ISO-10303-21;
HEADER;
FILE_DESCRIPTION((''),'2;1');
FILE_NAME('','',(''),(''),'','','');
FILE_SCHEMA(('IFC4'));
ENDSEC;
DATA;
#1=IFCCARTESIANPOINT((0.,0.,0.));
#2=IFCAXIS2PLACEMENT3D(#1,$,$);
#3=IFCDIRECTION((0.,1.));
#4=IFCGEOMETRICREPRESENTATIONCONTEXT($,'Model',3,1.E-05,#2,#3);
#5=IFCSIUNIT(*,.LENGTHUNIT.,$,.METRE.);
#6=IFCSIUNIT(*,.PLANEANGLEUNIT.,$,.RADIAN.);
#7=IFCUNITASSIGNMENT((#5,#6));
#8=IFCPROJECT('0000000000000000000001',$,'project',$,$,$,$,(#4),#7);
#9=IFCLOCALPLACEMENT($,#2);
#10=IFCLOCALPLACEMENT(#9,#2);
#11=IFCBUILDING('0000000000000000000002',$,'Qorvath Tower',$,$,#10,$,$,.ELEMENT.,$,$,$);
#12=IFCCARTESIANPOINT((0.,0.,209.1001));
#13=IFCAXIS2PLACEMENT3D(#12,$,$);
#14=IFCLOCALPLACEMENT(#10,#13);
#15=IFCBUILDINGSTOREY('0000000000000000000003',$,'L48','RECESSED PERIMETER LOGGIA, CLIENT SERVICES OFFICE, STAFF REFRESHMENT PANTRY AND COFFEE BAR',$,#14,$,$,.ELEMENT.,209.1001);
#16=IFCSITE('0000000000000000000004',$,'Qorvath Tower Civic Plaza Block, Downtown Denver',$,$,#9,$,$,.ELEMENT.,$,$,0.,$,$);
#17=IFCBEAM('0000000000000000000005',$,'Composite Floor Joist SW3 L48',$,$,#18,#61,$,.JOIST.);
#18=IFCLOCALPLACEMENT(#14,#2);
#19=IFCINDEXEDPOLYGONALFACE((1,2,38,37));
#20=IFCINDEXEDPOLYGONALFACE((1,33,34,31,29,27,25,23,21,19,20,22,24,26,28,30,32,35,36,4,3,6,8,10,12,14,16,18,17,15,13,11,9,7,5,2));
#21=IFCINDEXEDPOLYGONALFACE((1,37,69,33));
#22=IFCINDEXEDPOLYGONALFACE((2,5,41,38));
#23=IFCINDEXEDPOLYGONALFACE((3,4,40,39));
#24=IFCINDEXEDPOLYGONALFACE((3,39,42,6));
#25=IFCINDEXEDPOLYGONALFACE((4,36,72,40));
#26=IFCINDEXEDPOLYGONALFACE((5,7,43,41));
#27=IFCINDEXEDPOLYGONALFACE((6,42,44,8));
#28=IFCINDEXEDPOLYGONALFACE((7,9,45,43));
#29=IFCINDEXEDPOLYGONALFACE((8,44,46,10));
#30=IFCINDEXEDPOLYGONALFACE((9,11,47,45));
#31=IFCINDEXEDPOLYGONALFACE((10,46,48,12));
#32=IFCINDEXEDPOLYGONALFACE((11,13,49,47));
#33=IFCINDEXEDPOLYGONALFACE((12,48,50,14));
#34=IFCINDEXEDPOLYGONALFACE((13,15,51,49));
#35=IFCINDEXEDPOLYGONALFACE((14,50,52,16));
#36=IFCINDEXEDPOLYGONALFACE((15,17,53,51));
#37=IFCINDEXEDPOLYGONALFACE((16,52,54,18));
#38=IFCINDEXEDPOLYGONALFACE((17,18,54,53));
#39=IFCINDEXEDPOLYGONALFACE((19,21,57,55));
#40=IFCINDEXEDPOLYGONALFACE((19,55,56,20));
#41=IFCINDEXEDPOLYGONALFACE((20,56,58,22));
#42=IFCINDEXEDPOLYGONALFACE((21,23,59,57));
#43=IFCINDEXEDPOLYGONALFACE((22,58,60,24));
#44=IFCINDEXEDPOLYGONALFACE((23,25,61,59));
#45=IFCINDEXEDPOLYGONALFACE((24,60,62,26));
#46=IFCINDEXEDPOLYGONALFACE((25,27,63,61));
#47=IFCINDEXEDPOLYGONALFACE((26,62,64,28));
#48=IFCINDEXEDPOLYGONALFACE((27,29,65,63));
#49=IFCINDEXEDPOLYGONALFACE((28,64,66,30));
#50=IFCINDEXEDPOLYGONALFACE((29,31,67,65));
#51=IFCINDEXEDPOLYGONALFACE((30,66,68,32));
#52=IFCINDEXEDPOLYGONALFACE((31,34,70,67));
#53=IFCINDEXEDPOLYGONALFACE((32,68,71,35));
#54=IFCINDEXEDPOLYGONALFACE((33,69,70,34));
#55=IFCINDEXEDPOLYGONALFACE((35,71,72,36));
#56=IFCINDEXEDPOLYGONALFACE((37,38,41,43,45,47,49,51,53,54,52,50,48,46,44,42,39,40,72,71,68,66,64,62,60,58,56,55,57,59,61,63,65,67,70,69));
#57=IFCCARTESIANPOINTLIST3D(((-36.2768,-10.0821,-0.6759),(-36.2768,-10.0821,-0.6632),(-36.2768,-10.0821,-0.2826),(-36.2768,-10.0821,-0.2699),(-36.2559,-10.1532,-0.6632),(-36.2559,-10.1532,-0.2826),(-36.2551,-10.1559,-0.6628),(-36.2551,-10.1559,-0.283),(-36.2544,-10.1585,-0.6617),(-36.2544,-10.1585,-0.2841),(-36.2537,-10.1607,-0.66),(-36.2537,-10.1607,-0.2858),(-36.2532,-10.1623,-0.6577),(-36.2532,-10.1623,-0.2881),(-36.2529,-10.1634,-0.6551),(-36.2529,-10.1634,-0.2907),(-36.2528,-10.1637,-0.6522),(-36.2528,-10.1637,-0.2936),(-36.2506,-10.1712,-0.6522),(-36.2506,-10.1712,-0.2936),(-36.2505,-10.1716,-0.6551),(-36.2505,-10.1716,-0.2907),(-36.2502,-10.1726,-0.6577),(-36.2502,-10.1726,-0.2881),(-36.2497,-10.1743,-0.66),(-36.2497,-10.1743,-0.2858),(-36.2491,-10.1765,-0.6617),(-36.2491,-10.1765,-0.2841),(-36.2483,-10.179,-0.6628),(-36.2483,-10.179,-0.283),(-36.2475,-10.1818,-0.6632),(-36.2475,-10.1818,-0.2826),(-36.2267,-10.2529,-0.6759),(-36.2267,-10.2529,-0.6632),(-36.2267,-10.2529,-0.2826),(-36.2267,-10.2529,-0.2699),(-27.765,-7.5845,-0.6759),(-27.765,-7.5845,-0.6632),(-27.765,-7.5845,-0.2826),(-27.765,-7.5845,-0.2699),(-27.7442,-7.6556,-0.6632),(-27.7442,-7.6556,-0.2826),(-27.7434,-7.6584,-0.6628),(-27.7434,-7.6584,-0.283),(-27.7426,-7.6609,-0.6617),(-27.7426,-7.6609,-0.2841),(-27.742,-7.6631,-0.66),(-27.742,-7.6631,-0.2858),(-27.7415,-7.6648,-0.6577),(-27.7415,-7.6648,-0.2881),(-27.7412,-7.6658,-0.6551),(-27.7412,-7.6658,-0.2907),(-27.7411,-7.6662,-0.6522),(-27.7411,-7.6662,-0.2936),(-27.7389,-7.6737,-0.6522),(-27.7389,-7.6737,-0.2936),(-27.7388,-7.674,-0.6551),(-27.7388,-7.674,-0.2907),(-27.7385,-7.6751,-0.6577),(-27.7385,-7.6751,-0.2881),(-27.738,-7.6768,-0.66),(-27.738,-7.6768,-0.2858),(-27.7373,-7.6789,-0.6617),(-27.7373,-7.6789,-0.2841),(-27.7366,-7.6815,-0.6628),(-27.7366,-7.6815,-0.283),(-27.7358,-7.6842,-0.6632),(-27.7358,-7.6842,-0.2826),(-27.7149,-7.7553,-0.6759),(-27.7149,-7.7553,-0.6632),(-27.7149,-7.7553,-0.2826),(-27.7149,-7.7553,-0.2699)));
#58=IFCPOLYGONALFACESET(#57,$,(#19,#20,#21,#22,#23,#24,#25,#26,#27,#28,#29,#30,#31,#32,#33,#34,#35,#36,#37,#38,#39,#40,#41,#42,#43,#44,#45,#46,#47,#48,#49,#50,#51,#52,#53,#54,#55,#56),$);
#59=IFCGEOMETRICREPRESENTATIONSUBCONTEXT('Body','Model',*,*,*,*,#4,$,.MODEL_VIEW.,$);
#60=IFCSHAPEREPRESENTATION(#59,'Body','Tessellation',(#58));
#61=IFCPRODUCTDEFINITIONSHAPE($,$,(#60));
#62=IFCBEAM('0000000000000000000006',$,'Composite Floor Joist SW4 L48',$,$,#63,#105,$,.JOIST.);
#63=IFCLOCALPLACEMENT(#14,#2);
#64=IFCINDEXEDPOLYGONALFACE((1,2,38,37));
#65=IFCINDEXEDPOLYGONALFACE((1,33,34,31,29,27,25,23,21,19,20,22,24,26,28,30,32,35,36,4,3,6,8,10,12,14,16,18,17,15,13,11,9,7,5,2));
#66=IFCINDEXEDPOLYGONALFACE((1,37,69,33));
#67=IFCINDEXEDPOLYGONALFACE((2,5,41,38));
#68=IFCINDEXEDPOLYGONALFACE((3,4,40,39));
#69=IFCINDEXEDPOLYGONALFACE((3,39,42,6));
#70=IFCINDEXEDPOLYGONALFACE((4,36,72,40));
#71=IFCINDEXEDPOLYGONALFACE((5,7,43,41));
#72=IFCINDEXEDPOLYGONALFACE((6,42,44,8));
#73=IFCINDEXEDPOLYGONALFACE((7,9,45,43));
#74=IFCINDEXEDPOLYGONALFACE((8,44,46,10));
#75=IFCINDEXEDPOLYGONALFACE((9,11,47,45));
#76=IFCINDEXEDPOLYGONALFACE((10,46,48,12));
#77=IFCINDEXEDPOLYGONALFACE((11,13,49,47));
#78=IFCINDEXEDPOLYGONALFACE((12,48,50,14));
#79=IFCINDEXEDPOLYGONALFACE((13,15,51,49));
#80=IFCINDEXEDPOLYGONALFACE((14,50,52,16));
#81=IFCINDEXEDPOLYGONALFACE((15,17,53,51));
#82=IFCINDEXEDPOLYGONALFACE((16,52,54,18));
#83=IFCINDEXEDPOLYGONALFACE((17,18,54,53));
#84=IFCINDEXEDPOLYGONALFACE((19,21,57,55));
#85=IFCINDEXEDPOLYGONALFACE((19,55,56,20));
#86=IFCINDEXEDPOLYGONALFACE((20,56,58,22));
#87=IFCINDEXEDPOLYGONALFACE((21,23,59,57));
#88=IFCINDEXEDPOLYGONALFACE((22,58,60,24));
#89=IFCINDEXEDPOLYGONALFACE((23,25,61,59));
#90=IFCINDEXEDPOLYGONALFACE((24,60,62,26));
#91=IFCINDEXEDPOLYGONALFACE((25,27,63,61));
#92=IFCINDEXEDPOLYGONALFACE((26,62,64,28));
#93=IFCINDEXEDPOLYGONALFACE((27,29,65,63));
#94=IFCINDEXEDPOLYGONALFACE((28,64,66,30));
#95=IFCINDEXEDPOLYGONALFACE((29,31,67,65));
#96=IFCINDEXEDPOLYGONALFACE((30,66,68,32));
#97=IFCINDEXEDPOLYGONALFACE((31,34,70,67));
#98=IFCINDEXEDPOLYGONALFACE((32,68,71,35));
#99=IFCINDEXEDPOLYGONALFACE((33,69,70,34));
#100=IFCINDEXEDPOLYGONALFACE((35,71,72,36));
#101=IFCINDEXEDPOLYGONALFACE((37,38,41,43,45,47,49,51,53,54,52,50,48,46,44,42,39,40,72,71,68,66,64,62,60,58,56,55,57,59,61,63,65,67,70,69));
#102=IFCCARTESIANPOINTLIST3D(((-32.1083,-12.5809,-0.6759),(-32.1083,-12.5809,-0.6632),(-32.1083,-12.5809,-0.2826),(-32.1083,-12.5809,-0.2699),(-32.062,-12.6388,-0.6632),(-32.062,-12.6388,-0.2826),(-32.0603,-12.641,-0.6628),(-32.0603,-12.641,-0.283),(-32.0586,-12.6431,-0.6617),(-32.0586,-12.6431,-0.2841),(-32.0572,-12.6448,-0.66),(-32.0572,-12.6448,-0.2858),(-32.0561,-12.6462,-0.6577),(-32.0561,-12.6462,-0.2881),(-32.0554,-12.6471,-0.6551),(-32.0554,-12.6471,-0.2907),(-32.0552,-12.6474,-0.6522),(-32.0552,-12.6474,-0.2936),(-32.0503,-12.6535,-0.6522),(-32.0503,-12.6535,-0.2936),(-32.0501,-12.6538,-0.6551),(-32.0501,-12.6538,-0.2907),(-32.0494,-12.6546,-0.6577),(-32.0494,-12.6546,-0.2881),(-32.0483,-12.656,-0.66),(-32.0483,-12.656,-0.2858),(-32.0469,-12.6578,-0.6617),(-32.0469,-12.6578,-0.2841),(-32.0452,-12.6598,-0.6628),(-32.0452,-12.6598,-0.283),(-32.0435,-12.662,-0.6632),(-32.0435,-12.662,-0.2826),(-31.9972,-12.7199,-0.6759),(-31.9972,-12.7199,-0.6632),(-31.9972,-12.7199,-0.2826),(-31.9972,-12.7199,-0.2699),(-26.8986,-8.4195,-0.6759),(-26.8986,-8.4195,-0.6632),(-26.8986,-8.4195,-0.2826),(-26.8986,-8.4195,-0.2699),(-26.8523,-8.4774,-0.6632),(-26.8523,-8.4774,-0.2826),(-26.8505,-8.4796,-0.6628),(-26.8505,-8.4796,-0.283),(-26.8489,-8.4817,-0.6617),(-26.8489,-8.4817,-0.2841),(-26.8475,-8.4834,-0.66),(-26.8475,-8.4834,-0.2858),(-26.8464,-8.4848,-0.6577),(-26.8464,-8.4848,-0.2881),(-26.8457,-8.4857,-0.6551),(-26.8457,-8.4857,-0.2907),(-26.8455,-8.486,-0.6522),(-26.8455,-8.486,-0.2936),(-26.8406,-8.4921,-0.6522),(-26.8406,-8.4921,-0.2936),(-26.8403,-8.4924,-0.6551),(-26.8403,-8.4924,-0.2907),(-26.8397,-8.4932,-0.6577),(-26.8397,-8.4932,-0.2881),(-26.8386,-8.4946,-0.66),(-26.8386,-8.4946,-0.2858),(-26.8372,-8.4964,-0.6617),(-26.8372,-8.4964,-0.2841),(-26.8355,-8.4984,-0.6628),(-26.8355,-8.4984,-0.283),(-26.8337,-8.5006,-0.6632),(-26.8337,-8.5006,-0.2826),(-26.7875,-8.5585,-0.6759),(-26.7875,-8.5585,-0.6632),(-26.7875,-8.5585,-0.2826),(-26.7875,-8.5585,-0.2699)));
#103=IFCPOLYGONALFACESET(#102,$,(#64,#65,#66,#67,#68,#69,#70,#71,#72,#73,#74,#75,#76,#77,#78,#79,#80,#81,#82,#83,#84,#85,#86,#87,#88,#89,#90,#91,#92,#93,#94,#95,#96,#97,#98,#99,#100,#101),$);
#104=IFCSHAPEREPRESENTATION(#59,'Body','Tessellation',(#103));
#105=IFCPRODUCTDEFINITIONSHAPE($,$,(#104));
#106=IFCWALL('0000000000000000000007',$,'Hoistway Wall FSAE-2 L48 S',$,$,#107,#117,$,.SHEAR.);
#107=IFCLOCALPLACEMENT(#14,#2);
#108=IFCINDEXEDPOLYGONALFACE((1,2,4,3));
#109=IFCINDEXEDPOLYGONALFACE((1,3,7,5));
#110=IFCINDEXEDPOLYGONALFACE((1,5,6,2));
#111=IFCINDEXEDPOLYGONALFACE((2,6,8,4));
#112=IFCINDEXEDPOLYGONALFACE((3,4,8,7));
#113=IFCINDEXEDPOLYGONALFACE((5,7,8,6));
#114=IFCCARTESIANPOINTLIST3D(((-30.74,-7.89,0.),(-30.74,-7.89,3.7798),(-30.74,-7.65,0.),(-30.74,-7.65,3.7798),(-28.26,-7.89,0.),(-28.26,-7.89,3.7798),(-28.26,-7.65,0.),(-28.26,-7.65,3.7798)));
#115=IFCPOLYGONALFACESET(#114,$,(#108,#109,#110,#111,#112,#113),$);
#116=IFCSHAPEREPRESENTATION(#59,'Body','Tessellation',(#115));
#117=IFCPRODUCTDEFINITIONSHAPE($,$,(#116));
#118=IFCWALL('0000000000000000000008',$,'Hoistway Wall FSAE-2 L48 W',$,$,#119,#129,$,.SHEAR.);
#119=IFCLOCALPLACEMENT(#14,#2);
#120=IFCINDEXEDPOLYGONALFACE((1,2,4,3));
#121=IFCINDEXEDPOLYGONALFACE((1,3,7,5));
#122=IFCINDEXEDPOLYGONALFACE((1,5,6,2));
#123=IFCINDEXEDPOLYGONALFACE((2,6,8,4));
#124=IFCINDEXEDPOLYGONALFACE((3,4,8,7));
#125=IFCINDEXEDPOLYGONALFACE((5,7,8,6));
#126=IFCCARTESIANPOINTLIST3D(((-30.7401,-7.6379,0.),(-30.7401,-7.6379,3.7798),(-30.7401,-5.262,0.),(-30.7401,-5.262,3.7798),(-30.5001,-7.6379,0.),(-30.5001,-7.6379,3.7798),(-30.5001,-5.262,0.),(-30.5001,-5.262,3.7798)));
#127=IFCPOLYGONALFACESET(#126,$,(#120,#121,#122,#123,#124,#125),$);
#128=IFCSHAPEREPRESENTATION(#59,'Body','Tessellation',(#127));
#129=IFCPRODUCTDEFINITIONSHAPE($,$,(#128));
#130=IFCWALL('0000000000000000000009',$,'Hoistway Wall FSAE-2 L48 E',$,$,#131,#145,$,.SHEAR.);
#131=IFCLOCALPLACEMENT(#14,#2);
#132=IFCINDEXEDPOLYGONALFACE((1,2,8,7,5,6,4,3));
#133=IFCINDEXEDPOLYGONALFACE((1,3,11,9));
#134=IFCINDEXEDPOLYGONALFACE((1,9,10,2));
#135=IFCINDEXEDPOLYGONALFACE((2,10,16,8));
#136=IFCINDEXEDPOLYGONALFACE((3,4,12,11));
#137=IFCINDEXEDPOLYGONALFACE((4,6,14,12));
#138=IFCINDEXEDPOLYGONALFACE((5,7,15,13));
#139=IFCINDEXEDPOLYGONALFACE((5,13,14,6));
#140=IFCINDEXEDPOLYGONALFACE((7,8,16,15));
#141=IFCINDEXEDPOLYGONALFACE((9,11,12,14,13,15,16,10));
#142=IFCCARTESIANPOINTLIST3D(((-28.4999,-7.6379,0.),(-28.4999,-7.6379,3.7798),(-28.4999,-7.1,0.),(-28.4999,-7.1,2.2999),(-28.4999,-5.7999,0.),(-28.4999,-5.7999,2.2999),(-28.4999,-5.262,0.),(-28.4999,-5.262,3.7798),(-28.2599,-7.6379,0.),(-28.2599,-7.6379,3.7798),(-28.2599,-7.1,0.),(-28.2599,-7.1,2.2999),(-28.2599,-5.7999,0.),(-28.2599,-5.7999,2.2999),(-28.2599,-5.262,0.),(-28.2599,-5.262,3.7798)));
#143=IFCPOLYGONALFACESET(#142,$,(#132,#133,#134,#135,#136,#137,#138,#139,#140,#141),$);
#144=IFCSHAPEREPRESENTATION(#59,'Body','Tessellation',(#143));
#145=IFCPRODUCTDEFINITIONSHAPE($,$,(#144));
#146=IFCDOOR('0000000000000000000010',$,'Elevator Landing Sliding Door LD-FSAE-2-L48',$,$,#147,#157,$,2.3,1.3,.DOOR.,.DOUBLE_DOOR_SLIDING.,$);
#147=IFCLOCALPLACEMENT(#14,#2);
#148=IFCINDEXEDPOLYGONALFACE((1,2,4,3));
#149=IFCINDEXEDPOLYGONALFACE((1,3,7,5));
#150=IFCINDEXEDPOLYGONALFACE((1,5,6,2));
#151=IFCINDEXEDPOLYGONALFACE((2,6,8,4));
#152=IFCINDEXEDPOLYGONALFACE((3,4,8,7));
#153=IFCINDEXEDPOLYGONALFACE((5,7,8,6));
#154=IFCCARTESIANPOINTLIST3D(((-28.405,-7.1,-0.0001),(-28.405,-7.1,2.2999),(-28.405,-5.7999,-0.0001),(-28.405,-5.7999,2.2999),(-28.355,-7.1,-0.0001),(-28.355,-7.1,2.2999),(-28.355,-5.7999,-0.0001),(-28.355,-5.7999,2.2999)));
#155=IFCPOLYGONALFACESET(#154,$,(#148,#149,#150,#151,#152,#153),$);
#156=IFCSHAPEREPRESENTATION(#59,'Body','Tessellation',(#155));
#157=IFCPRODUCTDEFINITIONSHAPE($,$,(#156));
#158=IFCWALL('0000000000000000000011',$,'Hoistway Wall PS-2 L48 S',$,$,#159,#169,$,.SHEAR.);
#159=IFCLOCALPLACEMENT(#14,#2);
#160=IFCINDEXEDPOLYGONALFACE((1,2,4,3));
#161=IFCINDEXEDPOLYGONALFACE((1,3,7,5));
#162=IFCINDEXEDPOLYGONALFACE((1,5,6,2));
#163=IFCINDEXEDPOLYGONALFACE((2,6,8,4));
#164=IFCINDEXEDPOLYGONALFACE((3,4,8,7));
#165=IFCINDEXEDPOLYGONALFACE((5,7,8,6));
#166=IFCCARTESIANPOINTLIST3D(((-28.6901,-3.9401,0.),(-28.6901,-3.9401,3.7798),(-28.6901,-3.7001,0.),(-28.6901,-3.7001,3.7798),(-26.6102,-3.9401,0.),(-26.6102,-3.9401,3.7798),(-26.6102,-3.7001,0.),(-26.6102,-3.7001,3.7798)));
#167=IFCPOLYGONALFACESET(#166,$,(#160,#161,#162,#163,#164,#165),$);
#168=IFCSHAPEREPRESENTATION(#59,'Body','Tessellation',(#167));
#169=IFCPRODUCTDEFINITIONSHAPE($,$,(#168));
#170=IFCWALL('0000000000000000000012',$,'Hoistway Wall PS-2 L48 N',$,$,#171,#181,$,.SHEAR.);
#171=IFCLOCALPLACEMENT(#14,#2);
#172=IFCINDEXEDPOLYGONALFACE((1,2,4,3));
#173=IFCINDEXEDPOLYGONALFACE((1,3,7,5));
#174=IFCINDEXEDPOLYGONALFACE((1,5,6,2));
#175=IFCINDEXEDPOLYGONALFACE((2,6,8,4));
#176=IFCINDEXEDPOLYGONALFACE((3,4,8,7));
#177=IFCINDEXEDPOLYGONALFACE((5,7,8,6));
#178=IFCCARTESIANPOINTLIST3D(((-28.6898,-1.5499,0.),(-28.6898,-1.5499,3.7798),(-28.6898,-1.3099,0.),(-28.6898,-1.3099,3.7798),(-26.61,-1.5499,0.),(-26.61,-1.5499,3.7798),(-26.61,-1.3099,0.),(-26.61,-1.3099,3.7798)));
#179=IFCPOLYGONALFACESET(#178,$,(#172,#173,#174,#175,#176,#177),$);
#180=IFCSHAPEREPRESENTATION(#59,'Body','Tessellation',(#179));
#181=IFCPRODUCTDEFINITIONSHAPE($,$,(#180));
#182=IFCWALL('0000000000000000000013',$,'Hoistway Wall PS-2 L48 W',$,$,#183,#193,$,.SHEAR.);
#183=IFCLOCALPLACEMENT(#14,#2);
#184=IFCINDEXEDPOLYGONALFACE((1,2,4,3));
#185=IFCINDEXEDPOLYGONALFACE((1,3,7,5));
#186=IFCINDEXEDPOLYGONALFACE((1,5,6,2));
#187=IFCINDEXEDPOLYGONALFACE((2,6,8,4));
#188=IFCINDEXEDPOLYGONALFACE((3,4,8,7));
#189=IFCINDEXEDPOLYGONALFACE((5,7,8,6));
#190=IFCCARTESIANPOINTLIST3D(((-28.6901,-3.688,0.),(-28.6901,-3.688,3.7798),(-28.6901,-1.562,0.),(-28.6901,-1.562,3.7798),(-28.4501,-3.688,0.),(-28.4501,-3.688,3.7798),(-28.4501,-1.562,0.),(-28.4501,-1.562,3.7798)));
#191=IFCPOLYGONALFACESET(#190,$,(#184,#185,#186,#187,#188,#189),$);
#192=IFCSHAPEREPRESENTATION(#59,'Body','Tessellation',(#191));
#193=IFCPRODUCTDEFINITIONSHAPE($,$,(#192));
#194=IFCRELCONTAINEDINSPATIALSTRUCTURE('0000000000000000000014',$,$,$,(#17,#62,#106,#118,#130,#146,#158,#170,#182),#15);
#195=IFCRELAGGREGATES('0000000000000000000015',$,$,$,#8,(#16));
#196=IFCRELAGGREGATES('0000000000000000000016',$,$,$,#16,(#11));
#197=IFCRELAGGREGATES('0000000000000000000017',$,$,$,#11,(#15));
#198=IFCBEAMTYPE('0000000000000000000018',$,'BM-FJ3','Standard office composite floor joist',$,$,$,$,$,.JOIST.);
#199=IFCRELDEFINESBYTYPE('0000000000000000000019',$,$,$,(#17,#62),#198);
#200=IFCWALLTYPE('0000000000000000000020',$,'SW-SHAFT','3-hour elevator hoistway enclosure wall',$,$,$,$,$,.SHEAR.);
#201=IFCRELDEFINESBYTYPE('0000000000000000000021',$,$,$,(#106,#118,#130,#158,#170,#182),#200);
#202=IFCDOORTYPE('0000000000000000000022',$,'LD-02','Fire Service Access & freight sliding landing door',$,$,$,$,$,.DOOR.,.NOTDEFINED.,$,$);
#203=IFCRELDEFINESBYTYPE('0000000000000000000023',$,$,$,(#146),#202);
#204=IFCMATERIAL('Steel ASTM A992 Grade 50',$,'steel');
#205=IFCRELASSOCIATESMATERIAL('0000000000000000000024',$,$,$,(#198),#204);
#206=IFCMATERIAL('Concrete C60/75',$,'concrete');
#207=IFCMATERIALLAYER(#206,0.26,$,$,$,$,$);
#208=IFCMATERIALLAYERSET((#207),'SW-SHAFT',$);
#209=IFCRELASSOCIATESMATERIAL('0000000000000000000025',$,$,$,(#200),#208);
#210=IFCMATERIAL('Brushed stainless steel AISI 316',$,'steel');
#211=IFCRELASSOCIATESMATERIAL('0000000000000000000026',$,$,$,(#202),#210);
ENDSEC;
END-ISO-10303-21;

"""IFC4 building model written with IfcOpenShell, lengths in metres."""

from ifc_helpers import new_model, si_unit, direction, frame, frame_2d, origin, origin_2d, place, context, subcontext, project, spatial, rectangle, i_section, extrude, material, layer, layer_set, material_profile, profile_set, type_object, element, fill, save


model = new_model("IFC4")

# Units and contexts
model_context = context("Model", 3, precision=1e-05, world=origin(), true_north=direction((0.0, 1.0)))
body_context = subcontext(model_context, "Body", "Model", "MODEL_VIEW")
ifc_project = project(units=[si_unit("LENGTHUNIT", "METRE"), si_unit("PLANEANGLEUNIT", "RADIAN")], contexts=[model_context])

# Site, building, storey
site_placement = place(None, origin())
site = spatial("IfcSite", under=ifc_project, at=site_placement, Name="Qorvath Tower Civic Plaza Block, Downtown Denver", CompositionType="ELEMENT", RefElevation=0.0)
building_placement = place(site_placement, origin())
building = spatial("IfcBuilding", under=site, at=building_placement, Name="Qorvath Tower", CompositionType="ELEMENT")
storey_placement = place(building_placement, frame((0.0, 0.0, 209.1001)))
storey = spatial("IfcBuildingStorey", under=building, at=storey_placement, Name="L48", Description="RECESSED PERIMETER LOGGIA, CLIENT SERVICES OFFICE, STAFF REFRESHMENT PANTRY AND COFFEE BAR", CompositionType="ELEMENT", Elevation=209.1001)

# Beams
ifc_material_1 = material(Name="Steel ASTM A992 Grade 50", Category="steel")
ifc_material_profile_1 = material_profile(ifc_material_1, i_section(OverallWidth=0.178, OverallDepth=0.406, WebThickness=0.0078, FlangeThickness=0.0127, FilletRadius=0.011, at=origin_2d()), Name="W16x40")
ifc_profile_set_1 = profile_set([ifc_material_profile_1], Name="Steel ASTM A992 Grade 50")
beam_type_1 = type_object("IfcBeamType", Name="BM-FJ3", Description="Standard office composite floor joist", PredefinedType="JOIST", material=ifc_profile_set_1)
beam_1_placement = place(storey_placement, frame((-27.74, -7.6699, -0.4729), z_axis=(-0.959545, -0.281555, 0.0), x_axis=(0.281555, -0.959545, 0.0)))
element("IfcBeam", 1, at=beam_1_placement, inside=storey, type_object=beam_type_1, Name="Composite Floor Joist SW3 L48", PredefinedType="JOIST", context=body_context, shape_type="SweptSolid", body=[
    extrude(i_section(OverallWidth=0.178, OverallDepth=0.406, WebThickness=0.0078, FlangeThickness=0.0127, FilletRadius=0.011, at=origin_2d()), origin(), (0.0, 0.0, 1.0), 8.8706),
])
beam_2_placement = place(storey_placement, frame((-26.843, -8.489, -0.4729), z_axis=(-0.781337, -0.62411, 0.0), x_axis=(0.62411, -0.781337, 0.0)))
element("IfcBeam", 2, at=beam_2_placement, inside=storey, type_object=beam_type_1, Name="Composite Floor Joist SW4 L48", PredefinedType="JOIST", context=body_context, shape_type="SweptSolid", body=[
    extrude(i_section(OverallWidth=0.178, OverallDepth=0.406, WebThickness=0.0078, FlangeThickness=0.0127, FilletRadius=0.011, at=origin_2d()), origin(), (0.0, 0.0, 1.0), 6.6677),
])

# Walls
ifc_material_2 = material(Name="Concrete C60/75", Category="concrete")
ifc_layer_1 = layer(ifc_material_2, 0.26)
ifc_layer_set_1 = layer_set([ifc_layer_1], Name="SW-SHAFT")
wall_type_1 = type_object("IfcWallType", Name="SW-SHAFT", Description="3-hour elevator hoistway enclosure wall", PredefinedType="SHEAR", material=ifc_layer_set_1)
wall_1_placement = place(storey_placement, frame((-28.26, -7.77, 0.0), z_axis=(0.0, 0.0, 1.0), x_axis=(-1.0, 0.0, 0.0)))
element("IfcWall", 3, at=wall_1_placement, inside=storey, type_object=wall_type_1, Name="Hoistway Wall FSAE-2 L48 S", PredefinedType="SHEAR", context=body_context, shape_type="SweptSolid", body=[
    extrude(rectangle(XDim=2.48, YDim=0.24, at=frame_2d((1.24, 0.0))), origin(), (0.0, 0.0, 1.0), 3.7798),
])
wall_2_placement = place(storey_placement, frame((-30.6201, -7.6379, 0.0), z_axis=(0.0, 0.0, 1.0), x_axis=(0.0, 1.0, 0.0)))
element("IfcWall", 4, at=wall_2_placement, inside=storey, type_object=wall_type_1, Name="Hoistway Wall FSAE-2 L48 W", PredefinedType="SHEAR", context=body_context, shape_type="SweptSolid", body=[
    extrude(rectangle(XDim=2.376, YDim=0.24, at=frame_2d((1.188, 0.0))), origin(), (0.0, 0.0, 1.0), 3.7798),
])

# Wall, opening, door
wall_3_placement = place(storey_placement, frame((-28.3799, -5.262, 0.0), z_axis=(0.0, 0.0, 1.0), x_axis=(0.0, -1.0, 0.0)))
wall_3 = element("IfcWall", 5, at=wall_3_placement, inside=storey, type_object=wall_type_1, Name="Hoistway Wall FSAE-2 L48 E", PredefinedType="SHEAR", context=body_context, shape_type="SweptSolid", body=[
    extrude(rectangle(XDim=2.376, YDim=0.24, at=frame_2d((1.188, 0.0))), origin(), (0.0, 0.0, 1.0), 3.7798),
])
opening_1_placement = place(wall_3_placement, frame((0.5381, 0.0, 0.0)))
opening_1 = element("IfcOpeningElement", 6, at=opening_1_placement, cuts=wall_3, PredefinedType="OPENING", context=body_context, shape_type="SweptSolid", body=[
    extrude(rectangle(XDim=1.3, YDim=2.3, at=frame_2d((0.6499, 1.1499))), frame((0.0, 0.1299, 0.0), z_axis=(0.0, -1.0, 0.0), x_axis=(1.0, 0.0, 0.0)), (0.0, 0.0, 1.0), 0.26),
])
ifc_material_3 = material(Name="Brushed stainless steel AISI 316", Category="steel")
door_type_1 = type_object("IfcDoorType", Name="LD-02", Description="Fire Service Access & freight sliding landing door", OperationType="NOTDEFINED", PredefinedType="DOOR", material=ifc_material_3)
door_1_placement = place(opening_1_placement, origin())
door_1 = element("IfcDoor", 7, at=door_1_placement, inside=storey, type_object=door_type_1, Name="Elevator Landing Sliding Door LD-FSAE-2-L48", OperationType="DOUBLE_DOOR_SLIDING", OverallHeight=2.3, OverallWidth=1.3, PredefinedType="DOOR", context=body_context, shape_type="SweptSolid", body=[
    extrude(rectangle(XDim=1.3, YDim=2.3, at=frame_2d((0.6499, 1.1499))), frame((0.0, 0.0249, 0.0), z_axis=(0.0, -1.0, 0.0), x_axis=(1.0, 0.0, 0.0)), (0.0, 0.0, 1.0), 0.05),
])
fill(opening_1, door_1)

# Walls
for number, where, z_axis, x_axis, name in (
    (8, (-26.6101, -3.8201, 0.0), (0.0, 0.0, 1.0), (-1.0, 0.0, 0.0), "Hoistway Wall PS-2 L48 S"),
    (9, (-28.6899, -1.4299, 0.0), (0.0, 0.0, 1.0), (1.0, 0.0, 0.0), "Hoistway Wall PS-2 L48 N"),
):
    element("IfcWall", number, at=place(storey_placement, frame(where, z_axis=z_axis, x_axis=x_axis)), inside=storey, type_object=wall_type_1, Name=name, PredefinedType="SHEAR", context=body_context, shape_type="SweptSolid", body=[
        extrude(rectangle(XDim=2.0798, YDim=0.24, at=frame_2d((1.04, 0.0))), origin(), (0.0, 0.0, 1.0), 3.7798),
    ])
for number, where, z_axis, x_axis, name in (
    (10, (-28.5701, -3.688, 0.0), (0.0, 0.0, 1.0), (0.0, 1.0, 0.0), "Hoistway Wall PS-2 L48 W"),
):
    element("IfcWall", number, at=place(storey_placement, frame(where, z_axis=z_axis, x_axis=x_axis)), inside=storey, type_object=wall_type_1, Name=name, PredefinedType="SHEAR", context=body_context, shape_type="SweptSolid", body=[
        extrude(rectangle(XDim=2.126, YDim=0.24, at=frame_2d((1.063, 0.0))), origin(), (0.0, 0.0, 1.0), 3.7798),
    ])

save(model, "model.ifc")
